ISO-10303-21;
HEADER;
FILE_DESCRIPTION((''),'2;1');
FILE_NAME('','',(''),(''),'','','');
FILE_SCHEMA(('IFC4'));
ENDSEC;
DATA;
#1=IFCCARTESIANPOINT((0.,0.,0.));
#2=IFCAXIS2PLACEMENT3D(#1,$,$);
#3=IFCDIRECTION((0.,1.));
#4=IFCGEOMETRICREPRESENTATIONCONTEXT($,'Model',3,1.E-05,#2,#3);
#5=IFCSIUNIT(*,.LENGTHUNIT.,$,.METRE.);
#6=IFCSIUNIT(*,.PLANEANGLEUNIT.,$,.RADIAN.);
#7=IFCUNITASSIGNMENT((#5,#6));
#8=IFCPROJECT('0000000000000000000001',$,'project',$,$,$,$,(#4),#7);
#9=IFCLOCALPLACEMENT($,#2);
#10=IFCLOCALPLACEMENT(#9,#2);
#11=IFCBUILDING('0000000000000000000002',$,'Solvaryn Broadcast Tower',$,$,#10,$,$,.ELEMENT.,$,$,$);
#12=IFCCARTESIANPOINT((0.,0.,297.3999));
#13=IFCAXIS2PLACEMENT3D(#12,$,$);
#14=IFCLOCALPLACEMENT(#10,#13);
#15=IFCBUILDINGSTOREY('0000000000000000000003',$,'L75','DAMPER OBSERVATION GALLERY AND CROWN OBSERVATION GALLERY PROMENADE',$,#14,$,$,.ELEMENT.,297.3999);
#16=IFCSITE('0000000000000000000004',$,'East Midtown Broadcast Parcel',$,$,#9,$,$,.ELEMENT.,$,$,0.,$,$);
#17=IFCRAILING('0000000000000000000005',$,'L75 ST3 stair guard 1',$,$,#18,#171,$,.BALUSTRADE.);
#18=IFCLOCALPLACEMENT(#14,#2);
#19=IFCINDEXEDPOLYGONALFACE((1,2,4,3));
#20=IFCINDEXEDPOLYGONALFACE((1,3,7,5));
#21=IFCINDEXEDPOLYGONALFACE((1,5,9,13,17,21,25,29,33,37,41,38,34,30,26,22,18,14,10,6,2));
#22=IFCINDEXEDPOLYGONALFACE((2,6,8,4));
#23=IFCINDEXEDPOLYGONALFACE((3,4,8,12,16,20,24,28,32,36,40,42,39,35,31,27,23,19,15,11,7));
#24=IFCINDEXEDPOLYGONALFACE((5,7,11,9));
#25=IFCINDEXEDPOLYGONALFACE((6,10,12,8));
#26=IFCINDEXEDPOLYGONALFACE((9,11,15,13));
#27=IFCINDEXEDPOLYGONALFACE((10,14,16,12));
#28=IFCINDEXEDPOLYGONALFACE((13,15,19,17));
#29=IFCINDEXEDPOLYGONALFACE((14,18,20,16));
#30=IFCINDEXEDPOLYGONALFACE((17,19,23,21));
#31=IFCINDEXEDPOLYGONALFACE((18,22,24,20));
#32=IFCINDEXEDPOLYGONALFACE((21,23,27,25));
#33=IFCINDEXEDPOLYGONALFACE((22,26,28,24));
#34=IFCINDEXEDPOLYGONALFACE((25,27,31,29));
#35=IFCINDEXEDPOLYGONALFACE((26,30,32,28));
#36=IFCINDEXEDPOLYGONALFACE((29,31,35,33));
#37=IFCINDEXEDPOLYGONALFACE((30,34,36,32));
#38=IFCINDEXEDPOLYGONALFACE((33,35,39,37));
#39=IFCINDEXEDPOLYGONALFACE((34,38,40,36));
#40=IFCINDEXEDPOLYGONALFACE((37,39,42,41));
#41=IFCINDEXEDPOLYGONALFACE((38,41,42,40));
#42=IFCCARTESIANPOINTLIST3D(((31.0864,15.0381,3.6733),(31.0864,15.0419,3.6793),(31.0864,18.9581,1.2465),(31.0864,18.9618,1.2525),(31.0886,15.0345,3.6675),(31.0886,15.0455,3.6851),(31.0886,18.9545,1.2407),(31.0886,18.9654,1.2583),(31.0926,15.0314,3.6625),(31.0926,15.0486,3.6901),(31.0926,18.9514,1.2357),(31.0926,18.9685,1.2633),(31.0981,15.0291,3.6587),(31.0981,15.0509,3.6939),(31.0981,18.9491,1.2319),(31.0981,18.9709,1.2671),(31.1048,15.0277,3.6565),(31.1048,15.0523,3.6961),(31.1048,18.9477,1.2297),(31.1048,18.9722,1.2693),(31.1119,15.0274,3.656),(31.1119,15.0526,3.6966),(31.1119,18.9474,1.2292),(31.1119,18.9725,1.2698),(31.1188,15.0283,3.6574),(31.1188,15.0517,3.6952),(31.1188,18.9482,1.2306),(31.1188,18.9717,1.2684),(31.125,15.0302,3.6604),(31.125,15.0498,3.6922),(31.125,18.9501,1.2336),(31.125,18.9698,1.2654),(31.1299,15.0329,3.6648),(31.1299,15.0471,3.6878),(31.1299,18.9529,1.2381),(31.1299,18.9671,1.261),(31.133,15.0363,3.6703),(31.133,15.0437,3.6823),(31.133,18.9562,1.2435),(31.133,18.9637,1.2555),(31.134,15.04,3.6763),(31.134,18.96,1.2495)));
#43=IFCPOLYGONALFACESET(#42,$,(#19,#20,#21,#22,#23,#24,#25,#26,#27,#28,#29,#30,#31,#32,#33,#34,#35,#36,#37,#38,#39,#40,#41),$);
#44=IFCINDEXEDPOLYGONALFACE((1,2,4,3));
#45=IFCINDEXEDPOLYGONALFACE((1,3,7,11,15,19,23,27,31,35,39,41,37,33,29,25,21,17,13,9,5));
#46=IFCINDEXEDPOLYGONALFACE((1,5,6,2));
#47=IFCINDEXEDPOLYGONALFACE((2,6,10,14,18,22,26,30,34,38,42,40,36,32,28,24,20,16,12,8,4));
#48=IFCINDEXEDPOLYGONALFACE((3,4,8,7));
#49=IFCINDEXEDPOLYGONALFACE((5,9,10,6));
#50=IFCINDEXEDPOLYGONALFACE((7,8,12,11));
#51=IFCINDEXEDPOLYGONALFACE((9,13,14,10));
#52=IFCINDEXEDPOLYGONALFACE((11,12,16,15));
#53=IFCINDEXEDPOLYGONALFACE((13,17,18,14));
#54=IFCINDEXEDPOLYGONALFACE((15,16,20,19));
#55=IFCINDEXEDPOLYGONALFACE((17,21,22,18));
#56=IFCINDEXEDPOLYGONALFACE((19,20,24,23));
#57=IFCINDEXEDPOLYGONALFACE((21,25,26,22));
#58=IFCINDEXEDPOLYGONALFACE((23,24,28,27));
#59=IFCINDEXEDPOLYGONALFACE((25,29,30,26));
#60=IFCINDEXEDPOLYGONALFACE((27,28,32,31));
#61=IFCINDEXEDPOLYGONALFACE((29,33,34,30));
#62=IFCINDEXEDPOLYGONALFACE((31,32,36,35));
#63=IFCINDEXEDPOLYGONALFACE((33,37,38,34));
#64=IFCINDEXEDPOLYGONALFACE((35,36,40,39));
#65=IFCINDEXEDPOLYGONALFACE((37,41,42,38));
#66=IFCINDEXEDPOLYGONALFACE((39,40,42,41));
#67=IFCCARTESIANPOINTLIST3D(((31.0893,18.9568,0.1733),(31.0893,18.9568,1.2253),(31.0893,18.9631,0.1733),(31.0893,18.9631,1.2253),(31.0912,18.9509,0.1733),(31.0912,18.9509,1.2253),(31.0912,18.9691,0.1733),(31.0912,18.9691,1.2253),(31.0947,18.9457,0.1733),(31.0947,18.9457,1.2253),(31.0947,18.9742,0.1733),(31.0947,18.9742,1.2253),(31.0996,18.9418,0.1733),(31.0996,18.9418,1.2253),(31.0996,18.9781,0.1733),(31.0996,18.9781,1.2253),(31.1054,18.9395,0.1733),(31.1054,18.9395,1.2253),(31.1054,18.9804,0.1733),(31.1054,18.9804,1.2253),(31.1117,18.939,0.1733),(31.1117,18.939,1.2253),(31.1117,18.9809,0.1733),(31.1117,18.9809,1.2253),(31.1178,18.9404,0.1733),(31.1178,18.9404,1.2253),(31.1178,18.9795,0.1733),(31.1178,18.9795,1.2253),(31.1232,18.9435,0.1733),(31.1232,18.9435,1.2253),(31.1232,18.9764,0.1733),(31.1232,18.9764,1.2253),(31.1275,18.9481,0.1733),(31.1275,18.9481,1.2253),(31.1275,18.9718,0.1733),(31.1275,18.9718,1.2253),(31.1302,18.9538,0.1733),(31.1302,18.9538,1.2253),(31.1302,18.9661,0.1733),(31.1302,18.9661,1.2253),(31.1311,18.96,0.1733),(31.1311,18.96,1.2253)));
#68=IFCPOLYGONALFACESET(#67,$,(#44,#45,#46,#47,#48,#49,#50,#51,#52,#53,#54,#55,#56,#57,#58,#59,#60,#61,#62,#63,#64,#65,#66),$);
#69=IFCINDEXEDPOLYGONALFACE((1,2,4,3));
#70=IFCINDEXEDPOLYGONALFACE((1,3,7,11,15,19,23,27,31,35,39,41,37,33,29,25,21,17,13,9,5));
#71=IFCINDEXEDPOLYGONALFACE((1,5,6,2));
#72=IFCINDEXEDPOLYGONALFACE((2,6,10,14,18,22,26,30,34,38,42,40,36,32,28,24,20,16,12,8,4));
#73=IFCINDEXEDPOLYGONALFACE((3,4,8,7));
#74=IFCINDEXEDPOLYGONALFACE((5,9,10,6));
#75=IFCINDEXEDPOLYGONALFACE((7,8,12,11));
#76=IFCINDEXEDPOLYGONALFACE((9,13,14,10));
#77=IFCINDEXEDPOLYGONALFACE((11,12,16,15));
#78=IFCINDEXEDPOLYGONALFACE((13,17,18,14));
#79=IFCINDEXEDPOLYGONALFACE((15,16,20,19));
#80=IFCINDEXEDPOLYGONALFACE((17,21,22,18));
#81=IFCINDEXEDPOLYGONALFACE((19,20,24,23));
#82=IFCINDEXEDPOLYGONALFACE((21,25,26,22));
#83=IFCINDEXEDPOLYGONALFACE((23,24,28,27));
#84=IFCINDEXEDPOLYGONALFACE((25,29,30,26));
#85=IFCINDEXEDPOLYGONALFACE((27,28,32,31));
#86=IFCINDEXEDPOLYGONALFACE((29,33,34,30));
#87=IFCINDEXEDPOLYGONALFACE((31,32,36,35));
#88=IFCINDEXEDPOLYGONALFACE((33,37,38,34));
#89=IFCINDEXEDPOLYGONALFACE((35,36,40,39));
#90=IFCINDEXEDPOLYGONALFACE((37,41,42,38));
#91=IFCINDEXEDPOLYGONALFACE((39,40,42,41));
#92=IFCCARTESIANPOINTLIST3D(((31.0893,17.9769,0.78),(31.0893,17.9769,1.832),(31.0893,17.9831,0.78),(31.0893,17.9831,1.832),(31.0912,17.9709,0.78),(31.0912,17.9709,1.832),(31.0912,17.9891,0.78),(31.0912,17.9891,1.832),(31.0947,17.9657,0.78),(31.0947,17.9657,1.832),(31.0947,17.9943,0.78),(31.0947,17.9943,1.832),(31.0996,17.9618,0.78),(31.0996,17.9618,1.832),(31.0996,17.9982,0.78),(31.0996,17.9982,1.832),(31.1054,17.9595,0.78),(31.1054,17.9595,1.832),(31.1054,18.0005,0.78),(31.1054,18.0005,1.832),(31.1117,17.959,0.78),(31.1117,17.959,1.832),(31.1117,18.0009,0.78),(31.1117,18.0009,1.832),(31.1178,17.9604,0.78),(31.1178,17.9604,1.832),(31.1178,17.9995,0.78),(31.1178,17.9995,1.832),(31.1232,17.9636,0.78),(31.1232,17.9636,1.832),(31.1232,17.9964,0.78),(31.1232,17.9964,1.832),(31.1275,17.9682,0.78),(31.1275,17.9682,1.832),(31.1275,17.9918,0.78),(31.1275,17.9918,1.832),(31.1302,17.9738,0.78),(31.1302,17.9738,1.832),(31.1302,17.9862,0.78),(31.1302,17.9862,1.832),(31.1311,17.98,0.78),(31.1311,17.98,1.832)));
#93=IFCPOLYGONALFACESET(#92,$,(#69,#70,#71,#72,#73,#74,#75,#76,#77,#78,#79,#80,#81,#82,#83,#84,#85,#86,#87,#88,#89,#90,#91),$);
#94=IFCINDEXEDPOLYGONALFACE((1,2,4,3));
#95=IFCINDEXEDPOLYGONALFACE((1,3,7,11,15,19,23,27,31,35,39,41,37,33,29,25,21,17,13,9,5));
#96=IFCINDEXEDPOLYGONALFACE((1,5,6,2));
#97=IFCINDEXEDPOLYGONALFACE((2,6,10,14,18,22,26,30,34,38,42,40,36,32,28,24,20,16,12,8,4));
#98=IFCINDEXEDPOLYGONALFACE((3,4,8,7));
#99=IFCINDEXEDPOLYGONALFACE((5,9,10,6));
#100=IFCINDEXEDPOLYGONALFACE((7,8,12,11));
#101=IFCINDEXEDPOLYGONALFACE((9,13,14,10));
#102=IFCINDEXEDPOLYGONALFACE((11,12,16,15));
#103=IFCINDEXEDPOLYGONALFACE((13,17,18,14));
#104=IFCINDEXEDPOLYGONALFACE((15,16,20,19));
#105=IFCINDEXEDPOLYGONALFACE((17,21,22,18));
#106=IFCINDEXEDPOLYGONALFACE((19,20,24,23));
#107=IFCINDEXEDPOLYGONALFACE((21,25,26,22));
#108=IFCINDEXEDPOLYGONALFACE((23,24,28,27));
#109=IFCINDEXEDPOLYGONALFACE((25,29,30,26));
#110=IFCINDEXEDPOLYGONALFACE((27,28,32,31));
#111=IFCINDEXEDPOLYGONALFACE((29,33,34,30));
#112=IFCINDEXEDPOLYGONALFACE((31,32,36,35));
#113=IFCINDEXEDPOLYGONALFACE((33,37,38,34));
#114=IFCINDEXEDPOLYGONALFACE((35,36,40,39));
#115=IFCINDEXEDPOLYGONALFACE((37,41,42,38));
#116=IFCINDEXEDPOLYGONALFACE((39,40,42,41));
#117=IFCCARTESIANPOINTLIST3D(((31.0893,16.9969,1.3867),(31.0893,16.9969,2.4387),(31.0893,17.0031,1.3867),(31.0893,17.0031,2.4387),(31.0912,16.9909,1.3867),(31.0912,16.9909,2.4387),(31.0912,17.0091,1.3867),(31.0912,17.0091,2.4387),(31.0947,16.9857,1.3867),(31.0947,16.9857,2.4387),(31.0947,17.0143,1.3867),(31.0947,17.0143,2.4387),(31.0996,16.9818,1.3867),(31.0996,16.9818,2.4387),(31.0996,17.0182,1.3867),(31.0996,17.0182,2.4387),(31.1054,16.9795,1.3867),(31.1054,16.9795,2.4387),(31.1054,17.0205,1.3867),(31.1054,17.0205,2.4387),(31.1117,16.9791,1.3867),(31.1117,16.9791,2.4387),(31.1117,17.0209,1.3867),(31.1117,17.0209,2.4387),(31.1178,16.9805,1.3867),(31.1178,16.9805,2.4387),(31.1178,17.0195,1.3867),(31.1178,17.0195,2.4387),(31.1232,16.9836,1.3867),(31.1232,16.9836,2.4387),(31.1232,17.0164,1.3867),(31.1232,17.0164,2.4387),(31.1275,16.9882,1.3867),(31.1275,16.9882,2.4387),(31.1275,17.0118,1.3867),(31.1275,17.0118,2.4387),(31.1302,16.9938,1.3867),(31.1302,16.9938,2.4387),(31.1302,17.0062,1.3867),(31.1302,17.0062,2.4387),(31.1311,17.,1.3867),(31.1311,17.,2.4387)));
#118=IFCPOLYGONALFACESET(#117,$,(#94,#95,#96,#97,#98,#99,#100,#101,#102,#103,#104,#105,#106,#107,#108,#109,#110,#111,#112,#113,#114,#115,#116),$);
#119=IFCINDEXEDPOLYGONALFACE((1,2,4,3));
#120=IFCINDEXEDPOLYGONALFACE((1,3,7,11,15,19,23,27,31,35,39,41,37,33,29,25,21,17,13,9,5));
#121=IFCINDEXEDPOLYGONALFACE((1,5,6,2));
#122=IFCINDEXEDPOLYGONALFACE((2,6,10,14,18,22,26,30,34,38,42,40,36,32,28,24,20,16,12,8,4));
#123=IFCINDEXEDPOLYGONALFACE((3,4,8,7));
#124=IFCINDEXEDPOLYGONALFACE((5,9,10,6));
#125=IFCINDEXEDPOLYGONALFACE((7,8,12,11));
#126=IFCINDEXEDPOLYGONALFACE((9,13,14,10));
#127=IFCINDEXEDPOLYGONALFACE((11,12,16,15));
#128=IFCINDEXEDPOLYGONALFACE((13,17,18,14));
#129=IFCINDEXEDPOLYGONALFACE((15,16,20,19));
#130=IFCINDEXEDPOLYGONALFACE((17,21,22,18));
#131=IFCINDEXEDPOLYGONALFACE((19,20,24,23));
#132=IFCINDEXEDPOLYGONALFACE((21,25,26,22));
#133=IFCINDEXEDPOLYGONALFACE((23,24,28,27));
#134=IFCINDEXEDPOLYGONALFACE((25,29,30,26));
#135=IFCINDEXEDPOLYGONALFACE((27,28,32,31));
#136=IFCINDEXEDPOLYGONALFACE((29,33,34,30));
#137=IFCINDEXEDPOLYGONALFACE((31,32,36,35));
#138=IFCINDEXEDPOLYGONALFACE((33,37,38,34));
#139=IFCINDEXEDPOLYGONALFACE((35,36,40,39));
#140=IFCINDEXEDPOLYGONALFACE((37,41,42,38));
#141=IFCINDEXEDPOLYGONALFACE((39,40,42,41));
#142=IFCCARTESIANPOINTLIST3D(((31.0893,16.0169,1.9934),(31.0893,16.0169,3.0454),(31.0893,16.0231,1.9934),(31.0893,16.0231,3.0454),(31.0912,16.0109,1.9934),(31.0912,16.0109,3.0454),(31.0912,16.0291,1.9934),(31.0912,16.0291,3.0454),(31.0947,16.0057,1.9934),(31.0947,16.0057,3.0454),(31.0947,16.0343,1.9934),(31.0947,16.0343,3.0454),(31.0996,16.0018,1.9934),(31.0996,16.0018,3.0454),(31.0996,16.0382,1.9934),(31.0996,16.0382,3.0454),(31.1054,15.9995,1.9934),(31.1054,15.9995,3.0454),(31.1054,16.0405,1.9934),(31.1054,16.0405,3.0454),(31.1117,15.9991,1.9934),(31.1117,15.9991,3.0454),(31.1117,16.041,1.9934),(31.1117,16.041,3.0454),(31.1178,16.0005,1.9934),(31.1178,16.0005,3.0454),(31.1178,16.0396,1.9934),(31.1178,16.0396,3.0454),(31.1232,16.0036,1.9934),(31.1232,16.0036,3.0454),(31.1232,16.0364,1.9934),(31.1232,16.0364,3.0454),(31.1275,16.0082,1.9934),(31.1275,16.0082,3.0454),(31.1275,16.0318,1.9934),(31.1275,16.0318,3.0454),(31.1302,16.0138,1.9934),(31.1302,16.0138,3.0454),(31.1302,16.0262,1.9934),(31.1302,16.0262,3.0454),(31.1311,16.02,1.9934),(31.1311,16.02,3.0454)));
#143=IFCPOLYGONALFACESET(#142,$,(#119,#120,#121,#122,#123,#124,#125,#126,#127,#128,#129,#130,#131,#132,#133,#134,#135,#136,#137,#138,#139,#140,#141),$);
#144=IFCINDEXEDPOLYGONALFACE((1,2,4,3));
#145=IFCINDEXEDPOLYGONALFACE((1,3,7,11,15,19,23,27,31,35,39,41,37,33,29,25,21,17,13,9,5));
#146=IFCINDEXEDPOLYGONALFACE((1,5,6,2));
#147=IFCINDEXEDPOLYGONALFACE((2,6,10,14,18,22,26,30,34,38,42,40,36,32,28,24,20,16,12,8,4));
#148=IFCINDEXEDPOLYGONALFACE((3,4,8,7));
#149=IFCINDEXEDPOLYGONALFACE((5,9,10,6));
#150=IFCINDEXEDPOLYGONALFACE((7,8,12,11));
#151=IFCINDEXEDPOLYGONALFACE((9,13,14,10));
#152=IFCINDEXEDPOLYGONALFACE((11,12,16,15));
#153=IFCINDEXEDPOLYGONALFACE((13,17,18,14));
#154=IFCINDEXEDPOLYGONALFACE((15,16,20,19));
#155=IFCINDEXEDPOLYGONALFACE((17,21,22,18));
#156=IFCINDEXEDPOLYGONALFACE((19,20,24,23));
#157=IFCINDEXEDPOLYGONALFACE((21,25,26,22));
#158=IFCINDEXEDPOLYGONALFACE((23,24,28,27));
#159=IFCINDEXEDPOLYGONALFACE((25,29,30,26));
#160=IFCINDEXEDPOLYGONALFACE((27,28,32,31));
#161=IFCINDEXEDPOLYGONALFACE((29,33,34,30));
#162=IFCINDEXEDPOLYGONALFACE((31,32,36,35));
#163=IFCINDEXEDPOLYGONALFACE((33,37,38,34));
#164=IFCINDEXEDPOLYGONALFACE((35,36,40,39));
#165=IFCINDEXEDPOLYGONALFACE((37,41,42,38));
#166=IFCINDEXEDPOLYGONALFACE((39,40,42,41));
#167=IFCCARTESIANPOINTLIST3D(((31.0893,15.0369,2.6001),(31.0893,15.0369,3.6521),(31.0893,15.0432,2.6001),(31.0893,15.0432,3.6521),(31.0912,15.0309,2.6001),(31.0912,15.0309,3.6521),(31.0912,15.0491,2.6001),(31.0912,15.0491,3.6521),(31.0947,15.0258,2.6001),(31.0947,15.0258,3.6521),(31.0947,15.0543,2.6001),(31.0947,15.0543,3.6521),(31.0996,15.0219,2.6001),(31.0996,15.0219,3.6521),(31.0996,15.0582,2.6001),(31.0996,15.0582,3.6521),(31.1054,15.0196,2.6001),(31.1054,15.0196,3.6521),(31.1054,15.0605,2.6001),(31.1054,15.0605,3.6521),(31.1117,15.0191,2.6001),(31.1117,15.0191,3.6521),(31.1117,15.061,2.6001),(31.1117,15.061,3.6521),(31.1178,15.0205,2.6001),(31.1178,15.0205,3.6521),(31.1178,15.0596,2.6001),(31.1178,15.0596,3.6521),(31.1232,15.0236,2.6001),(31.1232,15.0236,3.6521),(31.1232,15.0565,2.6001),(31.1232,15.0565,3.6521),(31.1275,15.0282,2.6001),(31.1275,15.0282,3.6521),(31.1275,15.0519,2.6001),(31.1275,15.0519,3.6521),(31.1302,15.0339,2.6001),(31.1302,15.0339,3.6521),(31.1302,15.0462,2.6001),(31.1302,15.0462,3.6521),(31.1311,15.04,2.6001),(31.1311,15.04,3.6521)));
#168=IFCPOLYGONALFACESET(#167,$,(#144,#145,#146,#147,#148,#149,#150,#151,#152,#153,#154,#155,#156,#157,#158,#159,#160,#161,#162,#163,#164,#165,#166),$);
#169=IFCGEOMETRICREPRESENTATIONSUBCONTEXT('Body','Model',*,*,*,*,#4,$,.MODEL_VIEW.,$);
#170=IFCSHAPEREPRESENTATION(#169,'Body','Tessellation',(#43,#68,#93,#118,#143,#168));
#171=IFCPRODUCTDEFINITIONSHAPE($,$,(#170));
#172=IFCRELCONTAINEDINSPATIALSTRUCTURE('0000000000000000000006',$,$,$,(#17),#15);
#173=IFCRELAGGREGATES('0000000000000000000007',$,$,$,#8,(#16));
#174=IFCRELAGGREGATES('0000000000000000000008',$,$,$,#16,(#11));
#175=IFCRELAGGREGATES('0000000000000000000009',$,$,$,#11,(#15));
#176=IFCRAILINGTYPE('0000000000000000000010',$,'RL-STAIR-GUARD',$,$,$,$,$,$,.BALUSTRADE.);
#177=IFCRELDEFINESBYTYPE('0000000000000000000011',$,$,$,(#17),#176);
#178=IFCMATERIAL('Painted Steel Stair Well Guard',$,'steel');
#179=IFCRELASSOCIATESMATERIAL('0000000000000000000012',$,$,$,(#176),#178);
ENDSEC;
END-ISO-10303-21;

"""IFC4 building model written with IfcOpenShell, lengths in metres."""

from ifc_helpers import new_model, si_unit, direction, frame, origin, origin_2d, place, context, subcontext, project, spatial, circle, extrude, material, type_object, element, save


model = new_model("IFC4")

# Units and contexts
model_context = context("Model", 3, precision=1e-05, world=origin(), true_north=direction((0.0, 1.0)))
body_context = subcontext(model_context, "Body", "Model", "MODEL_VIEW")
ifc_project = project(units=[si_unit("LENGTHUNIT", "METRE"), si_unit("PLANEANGLEUNIT", "RADIAN")], contexts=[model_context])

# Site, building, storey
site_placement = place(None, origin())
site = spatial("IfcSite", under=ifc_project, at=site_placement, Name="East Midtown Broadcast Parcel", CompositionType="ELEMENT", RefElevation=0.0)
building_placement = place(site_placement, origin())
building = spatial("IfcBuilding", under=site, at=building_placement, Name="Solvaryn Broadcast Tower", CompositionType="ELEMENT")
storey_placement = place(building_placement, frame((0.0, 0.0, 297.3999)))
storey = spatial("IfcBuildingStorey", under=building, at=storey_placement, Name="L75", Description="DAMPER OBSERVATION GALLERY AND CROWN OBSERVATION GALLERY PROMENADE", CompositionType="ELEMENT", Elevation=297.3999)

# Railing
ifc_material_1 = material(Name="Painted Steel Stair Well Guard", Category="steel")
railing_type_1 = type_object("IfcRailingType", Name="RL-STAIR-GUARD", PredefinedType="BALUSTRADE", material=ifc_material_1)
railing_1_placement = place(storey_placement, frame((31.1101, 18.96, 0.1733)))
element("IfcRailing", 1, at=railing_1_placement, inside=storey, type_object=railing_type_1, Name="L75 ST3 stair guard 1", PredefinedType="BALUSTRADE", context=body_context, shape_type="SweptSolid", body=[
    extrude(circle(Radius=0.0239, at=origin_2d()), frame((0.0, 0.0, 1.0762), z_axis=(0.0, -0.850252, 0.526376), x_axis=(1.0, 0.0, 0.0)), (0.0, 0.0, 1.0), 4.6104),
    extrude(circle(Radius=0.021, at=origin_2d()), origin(), (0.0, 0.0, 1.0), 1.052),
    extrude(circle(Radius=0.021, at=origin_2d()), frame((0.0, -0.98, 0.6067)), (0.0, 0.0, 1.0), 1.052),
    extrude(circle(Radius=0.021, at=origin_2d()), frame((0.0, -1.96, 1.2134)), (0.0, 0.0, 1.0), 1.052),
    extrude(circle(Radius=0.021, at=origin_2d()), frame((0.0, -2.9399, 1.8201)), (0.0, 0.0, 1.0), 1.052),
    extrude(circle(Radius=0.021, at=origin_2d()), frame((0.0, -3.9199, 2.4268)), (0.0, 0.0, 1.0), 1.052),
])

save(model, "model.ifc")
